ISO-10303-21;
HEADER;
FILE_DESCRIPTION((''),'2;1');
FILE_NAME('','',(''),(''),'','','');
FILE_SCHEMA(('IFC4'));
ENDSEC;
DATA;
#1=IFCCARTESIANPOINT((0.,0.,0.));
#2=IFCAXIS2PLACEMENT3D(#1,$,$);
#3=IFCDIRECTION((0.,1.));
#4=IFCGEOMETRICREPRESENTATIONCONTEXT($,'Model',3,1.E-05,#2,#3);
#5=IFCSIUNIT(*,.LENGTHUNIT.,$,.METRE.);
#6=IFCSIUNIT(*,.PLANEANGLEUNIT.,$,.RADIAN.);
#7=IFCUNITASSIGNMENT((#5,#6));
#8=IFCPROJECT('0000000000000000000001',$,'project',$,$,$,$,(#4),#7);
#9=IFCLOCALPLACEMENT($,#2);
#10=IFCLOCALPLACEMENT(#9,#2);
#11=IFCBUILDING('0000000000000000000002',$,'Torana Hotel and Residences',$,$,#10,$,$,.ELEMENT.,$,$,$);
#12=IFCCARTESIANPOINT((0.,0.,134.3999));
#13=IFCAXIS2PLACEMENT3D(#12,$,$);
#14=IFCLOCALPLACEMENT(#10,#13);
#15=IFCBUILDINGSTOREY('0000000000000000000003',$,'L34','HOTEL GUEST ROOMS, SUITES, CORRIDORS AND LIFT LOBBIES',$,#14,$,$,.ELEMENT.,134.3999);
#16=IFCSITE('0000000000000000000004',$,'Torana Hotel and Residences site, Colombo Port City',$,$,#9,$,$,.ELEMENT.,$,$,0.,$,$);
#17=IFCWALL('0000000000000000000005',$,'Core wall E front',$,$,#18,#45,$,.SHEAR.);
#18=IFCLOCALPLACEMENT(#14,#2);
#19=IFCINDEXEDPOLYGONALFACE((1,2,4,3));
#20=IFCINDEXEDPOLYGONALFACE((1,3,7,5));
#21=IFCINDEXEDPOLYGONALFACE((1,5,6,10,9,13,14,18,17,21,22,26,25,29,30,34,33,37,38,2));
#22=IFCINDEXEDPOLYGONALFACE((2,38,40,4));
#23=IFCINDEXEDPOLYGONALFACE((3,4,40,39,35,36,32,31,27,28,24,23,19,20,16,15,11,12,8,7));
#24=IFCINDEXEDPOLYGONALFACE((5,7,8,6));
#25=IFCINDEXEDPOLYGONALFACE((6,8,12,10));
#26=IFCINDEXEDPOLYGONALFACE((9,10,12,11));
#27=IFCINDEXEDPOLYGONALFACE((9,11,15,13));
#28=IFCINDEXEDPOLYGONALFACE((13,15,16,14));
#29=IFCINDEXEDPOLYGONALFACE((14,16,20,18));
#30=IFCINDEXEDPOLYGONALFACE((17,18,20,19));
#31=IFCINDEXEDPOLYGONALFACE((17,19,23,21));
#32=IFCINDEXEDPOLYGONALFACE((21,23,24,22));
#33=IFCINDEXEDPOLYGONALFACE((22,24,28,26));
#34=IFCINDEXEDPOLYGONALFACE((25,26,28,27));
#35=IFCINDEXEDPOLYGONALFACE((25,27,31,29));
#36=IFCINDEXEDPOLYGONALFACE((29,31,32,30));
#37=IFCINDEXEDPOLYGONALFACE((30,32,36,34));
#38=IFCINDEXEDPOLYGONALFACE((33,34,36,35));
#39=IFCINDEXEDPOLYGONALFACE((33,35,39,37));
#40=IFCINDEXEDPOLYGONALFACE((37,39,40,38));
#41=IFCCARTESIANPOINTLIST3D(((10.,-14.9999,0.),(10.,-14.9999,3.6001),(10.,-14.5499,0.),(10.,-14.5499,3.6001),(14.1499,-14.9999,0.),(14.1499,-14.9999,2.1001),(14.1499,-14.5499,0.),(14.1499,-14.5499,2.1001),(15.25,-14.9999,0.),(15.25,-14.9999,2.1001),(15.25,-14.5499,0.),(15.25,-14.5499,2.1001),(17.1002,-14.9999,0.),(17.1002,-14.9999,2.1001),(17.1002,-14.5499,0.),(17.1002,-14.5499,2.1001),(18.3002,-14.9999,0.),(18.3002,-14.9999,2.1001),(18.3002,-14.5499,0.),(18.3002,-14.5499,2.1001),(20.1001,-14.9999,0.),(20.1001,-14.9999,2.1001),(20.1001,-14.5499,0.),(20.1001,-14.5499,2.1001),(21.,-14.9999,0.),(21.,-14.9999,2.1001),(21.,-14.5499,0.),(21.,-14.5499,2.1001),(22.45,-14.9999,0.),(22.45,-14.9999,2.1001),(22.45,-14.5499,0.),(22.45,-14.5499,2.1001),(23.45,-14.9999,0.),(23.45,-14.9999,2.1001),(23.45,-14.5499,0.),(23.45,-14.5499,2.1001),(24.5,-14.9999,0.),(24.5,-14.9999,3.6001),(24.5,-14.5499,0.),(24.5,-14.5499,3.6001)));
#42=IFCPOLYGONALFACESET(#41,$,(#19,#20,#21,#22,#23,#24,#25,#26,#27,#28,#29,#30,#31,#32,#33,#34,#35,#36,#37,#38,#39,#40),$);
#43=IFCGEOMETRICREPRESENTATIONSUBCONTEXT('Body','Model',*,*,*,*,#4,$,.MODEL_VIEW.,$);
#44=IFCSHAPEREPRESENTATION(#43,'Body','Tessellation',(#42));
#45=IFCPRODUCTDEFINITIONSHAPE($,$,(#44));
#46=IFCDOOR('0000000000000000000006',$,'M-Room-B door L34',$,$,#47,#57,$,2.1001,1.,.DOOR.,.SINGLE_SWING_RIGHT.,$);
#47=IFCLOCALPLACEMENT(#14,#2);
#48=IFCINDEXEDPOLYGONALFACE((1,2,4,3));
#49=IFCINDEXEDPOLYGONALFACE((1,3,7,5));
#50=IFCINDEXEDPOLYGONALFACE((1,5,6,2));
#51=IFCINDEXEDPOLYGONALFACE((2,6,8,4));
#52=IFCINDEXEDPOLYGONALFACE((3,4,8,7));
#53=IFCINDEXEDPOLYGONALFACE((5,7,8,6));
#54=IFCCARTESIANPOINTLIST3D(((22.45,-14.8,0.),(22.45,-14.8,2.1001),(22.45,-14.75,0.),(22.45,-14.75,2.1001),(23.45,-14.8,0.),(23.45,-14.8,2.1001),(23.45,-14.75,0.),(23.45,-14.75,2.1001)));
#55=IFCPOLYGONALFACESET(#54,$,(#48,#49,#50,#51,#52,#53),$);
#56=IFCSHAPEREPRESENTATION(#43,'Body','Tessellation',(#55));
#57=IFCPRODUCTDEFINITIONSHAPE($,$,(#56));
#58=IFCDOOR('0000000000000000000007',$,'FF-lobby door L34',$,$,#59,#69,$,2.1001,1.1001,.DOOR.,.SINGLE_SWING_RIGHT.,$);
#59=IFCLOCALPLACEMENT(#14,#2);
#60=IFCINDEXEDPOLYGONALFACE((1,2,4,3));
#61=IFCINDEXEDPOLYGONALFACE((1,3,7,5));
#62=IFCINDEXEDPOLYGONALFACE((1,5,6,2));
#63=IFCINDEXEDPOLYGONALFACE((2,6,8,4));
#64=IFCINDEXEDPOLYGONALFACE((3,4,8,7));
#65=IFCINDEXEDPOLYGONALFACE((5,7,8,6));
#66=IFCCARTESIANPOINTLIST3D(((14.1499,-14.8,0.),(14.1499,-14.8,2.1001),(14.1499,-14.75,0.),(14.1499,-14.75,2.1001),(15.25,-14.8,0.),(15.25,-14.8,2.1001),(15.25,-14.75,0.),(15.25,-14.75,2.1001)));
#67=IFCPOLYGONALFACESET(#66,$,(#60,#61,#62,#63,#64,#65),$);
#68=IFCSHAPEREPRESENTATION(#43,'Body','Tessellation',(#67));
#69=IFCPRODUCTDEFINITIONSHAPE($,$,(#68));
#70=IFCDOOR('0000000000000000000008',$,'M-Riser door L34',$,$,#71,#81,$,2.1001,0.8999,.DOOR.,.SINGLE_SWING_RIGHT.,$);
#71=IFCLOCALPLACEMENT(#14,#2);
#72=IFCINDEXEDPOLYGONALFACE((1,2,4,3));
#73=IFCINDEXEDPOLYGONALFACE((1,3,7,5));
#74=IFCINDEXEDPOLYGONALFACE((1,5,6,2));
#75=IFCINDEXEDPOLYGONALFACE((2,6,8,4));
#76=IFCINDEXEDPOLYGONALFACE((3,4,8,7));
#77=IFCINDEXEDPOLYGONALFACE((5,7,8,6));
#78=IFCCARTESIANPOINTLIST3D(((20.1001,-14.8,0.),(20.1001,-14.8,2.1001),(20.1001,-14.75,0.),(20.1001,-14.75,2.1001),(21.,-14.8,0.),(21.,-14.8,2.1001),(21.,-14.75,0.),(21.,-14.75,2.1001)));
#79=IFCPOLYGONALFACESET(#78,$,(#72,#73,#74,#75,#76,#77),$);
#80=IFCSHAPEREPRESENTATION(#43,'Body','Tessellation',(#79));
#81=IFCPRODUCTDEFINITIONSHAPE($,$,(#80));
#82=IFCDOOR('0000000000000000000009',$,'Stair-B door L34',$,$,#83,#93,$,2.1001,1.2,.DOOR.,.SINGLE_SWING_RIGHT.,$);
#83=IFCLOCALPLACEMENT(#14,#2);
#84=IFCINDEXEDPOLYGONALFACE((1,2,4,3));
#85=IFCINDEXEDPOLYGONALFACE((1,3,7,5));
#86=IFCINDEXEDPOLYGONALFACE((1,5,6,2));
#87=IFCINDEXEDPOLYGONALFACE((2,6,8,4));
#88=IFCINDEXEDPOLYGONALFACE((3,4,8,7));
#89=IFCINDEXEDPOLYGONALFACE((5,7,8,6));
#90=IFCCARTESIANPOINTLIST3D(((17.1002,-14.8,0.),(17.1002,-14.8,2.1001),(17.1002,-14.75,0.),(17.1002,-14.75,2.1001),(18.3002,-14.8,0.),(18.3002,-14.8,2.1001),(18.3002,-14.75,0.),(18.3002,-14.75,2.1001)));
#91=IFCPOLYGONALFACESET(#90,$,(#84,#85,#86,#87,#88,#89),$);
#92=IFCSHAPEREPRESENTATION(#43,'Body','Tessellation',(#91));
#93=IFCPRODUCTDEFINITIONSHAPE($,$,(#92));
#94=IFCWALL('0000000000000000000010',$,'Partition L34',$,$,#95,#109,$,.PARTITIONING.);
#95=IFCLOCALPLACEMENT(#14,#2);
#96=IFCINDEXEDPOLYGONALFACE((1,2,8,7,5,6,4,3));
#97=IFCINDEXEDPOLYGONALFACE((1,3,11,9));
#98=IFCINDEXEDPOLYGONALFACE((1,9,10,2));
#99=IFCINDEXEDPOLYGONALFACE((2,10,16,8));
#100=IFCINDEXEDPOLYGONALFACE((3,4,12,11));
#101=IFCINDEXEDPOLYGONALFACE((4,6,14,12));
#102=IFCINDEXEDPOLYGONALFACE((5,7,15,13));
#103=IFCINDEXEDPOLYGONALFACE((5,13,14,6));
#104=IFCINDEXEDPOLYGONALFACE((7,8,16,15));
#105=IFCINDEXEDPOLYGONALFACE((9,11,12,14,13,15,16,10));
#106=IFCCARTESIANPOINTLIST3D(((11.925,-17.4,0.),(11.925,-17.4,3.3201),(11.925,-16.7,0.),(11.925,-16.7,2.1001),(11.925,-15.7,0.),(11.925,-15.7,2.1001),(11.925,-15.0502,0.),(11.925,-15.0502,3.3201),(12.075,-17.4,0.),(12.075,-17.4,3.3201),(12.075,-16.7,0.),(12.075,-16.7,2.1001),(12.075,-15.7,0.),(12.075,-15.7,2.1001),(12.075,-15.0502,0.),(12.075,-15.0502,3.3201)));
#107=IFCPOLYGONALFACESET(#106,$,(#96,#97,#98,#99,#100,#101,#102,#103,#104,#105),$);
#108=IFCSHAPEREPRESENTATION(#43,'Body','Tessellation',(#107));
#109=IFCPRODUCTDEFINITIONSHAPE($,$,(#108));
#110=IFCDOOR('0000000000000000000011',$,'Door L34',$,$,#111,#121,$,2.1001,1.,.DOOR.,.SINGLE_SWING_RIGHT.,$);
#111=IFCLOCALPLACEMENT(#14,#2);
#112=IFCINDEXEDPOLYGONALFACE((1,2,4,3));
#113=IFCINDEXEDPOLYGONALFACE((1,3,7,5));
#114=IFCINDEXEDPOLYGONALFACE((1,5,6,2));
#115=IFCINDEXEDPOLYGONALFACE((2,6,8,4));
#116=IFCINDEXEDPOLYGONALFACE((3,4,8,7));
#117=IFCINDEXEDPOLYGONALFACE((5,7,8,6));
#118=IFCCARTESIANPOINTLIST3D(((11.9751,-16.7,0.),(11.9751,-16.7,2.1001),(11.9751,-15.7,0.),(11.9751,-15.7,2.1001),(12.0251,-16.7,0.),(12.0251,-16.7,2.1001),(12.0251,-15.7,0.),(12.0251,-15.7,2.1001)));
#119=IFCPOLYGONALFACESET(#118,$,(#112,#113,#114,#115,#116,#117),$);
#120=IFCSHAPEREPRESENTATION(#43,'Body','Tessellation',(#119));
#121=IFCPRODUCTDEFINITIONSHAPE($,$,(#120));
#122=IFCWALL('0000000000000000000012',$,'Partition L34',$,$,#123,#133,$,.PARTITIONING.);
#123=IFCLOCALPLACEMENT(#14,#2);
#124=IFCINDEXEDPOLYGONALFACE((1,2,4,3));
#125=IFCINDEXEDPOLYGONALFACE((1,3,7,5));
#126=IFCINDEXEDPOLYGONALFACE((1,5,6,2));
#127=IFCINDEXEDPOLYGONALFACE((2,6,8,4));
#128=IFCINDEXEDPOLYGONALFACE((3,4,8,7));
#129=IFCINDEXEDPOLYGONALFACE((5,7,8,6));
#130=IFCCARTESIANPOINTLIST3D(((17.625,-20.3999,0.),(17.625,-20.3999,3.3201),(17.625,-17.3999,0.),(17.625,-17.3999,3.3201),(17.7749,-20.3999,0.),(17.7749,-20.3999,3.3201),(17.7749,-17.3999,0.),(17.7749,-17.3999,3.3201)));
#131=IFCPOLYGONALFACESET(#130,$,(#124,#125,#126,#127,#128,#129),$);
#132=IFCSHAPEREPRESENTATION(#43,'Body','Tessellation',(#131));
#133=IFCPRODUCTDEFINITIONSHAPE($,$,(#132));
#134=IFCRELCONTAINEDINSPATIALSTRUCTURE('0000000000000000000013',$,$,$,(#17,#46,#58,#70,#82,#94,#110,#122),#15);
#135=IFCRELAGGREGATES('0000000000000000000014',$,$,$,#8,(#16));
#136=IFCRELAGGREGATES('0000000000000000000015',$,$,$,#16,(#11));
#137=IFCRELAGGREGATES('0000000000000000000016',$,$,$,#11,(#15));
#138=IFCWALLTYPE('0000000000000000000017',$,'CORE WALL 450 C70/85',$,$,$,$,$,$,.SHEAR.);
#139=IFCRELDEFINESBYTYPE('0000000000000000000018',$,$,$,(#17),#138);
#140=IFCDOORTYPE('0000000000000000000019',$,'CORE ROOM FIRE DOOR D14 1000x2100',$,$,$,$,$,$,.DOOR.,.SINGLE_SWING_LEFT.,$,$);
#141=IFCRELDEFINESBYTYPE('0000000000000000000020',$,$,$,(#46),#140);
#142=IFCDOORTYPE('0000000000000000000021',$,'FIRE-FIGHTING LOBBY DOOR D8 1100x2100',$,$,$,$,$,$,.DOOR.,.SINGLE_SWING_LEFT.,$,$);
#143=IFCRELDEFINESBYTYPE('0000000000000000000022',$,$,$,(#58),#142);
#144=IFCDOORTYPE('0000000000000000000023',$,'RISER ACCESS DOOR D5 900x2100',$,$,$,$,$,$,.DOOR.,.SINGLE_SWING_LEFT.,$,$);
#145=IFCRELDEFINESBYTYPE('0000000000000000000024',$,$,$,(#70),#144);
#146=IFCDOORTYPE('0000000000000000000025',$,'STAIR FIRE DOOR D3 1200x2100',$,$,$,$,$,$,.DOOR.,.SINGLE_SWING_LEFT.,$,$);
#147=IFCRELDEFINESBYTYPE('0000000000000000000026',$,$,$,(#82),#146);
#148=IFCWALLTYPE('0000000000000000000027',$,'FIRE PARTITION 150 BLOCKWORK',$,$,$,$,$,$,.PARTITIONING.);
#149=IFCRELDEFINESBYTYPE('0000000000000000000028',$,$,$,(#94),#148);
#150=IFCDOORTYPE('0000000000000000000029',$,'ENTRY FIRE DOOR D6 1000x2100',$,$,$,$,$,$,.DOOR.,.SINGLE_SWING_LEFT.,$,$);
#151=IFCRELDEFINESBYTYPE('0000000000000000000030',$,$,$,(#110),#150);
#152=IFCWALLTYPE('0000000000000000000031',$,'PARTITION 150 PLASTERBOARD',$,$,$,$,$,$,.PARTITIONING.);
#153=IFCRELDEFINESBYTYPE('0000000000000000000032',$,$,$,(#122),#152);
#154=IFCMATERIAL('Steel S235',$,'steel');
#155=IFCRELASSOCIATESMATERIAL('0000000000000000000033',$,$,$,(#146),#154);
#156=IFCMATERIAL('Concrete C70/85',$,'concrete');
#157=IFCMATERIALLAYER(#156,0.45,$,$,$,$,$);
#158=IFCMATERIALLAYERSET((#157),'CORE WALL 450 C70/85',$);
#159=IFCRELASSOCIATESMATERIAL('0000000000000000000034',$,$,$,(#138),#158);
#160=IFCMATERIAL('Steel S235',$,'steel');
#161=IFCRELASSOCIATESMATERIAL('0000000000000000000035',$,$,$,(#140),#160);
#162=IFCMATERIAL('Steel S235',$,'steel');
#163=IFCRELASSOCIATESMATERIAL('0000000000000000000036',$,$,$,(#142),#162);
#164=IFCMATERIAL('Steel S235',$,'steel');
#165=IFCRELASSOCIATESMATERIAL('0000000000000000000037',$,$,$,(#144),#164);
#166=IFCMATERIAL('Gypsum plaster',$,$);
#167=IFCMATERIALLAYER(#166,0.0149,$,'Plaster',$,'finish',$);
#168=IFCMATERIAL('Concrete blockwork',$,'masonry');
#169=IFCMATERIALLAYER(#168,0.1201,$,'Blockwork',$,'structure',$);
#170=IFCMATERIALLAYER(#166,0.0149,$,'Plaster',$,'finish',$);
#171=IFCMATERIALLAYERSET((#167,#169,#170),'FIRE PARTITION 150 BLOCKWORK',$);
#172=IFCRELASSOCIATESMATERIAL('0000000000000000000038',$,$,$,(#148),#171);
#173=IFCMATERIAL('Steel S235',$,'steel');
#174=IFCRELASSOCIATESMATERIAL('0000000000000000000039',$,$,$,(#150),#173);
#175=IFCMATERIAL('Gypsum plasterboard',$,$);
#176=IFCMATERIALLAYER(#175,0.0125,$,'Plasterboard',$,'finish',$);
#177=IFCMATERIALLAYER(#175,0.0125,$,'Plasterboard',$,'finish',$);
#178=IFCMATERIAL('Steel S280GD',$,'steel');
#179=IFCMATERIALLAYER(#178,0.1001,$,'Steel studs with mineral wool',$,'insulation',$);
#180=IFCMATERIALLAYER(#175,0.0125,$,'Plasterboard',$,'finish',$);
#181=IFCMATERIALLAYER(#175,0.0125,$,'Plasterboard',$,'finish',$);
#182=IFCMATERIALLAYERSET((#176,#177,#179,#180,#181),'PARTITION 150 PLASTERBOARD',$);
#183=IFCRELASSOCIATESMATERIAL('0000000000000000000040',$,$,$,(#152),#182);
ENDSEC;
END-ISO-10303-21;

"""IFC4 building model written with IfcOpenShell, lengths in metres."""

from ifc_helpers import new_model, si_unit, direction, frame, frame_2d, origin, place, context, subcontext, project, spatial, rectangle, extrude, material, layer, layer_set, type_object, element, fill, save


model = new_model("IFC4")

# Units and contexts
model_context = context("Model", 3, precision=1e-05, world=origin(), true_north=direction((0.0, 1.0)))
body_context = subcontext(model_context, "Body", "Model", "MODEL_VIEW")
ifc_project = project(units=[si_unit("LENGTHUNIT", "METRE"), si_unit("PLANEANGLEUNIT", "RADIAN")], contexts=[model_context])

# Site, building, storey
site_placement = place(None, origin())
site = spatial("IfcSite", under=ifc_project, at=site_placement, Name="Torana Hotel and Residences site, Colombo Port City", CompositionType="ELEMENT", RefElevation=0.0)
building_placement = place(site_placement, origin())
building = spatial("IfcBuilding", under=site, at=building_placement, Name="Torana Hotel and Residences", CompositionType="ELEMENT")
storey_placement = place(building_placement, frame((0.0, 0.0, 134.3999)))
storey = spatial("IfcBuildingStorey", under=building, at=storey_placement, Name="L34", Description="HOTEL GUEST ROOMS, SUITES, CORRIDORS AND LIFT LOBBIES", CompositionType="ELEMENT", Elevation=134.3999)

# Shared definitions
ifc_material_1 = material(Name="Steel S235", Category="steel")
door_type_1 = type_object("IfcDoorType", Name="STAIR FIRE DOOR D3 1200x2100", OperationType="SINGLE_SWING_LEFT", PredefinedType="DOOR", material=ifc_material_1)

# Wall, openings, doors
ifc_material_2 = material(Name="Concrete C70/85", Category="concrete")
ifc_layer_1 = layer(ifc_material_2, 0.45)
ifc_layer_set_1 = layer_set([ifc_layer_1], Name="CORE WALL 450 C70/85")
wall_type_1 = type_object("IfcWallType", Name="CORE WALL 450 C70/85", PredefinedType="SHEAR", material=ifc_layer_set_1)
wall_1_placement = place(storey_placement, frame((10.0, -14.7749, 0.0), z_axis=(0.0, 0.0, 1.0), x_axis=(1.0, 0.0, 0.0)))
wall_1 = element("IfcWall", 1, at=wall_1_placement, inside=storey, type_object=wall_type_1, Name="Core wall E front", PredefinedType="SHEAR", context=body_context, shape_type="SweptSolid", body=[
    extrude(rectangle(XDim=14.5, YDim=0.45, at=frame_2d((7.25, 0.0))), origin(), (0.0, 0.0, 1.0), 3.6001),
])
opening_1_placement = place(wall_1_placement, frame((7.1001, 0.0, 0.0)))
opening_1 = element("IfcOpeningElement", 2, at=opening_1_placement, cuts=wall_1, PredefinedType="OPENING", context=body_context, shape_type="SweptSolid", body=[
    extrude(rectangle(XDim=1.2, YDim=2.1001, at=frame_2d((0.6001, 1.05))), frame((0.0, 0.2349, 0.0), z_axis=(0.0, -1.0, 0.0), x_axis=(1.0, 0.0, 0.0)), (0.0, 0.0, 1.0), 0.47),
])
opening_2_placement = place(wall_1_placement, frame((4.1499, 0.0, 0.0)))
opening_2 = element("IfcOpeningElement", 3, at=opening_2_placement, cuts=wall_1, PredefinedType="OPENING", context=body_context, shape_type="SweptSolid", body=[
    extrude(rectangle(XDim=1.1001, YDim=2.1001, at=frame_2d((0.55, 1.05))), frame((0.0, 0.2349, 0.0), z_axis=(0.0, -1.0, 0.0), x_axis=(1.0, 0.0, 0.0)), (0.0, 0.0, 1.0), 0.47),
])
opening_3_placement = place(wall_1_placement, frame((10.1001, 0.0, 0.0)))
opening_3 = element("IfcOpeningElement", 4, at=opening_3_placement, cuts=wall_1, PredefinedType="OPENING", context=body_context, shape_type="SweptSolid", body=[
    extrude(rectangle(XDim=0.8999, YDim=2.1001, at=frame_2d((0.45, 1.05))), frame((0.0, 0.2349, 0.0), z_axis=(0.0, -1.0, 0.0), x_axis=(1.0, 0.0, 0.0)), (0.0, 0.0, 1.0), 0.47),
])
opening_4_placement = place(wall_1_placement, frame((12.45, 0.0, 0.0)))
opening_4 = element("IfcOpeningElement", 5, at=opening_4_placement, cuts=wall_1, PredefinedType="OPENING", context=body_context, shape_type="SweptSolid", body=[
    extrude(rectangle(XDim=1.0, YDim=2.1001, at=frame_2d((0.5, 1.05))), frame((0.0, 0.2349, 0.0), z_axis=(0.0, -1.0, 0.0), x_axis=(1.0, 0.0, 0.0)), (0.0, 0.0, 1.0), 0.47),
])
ifc_material_3 = material(Name="Steel S235", Category="steel")
door_type_2 = type_object("IfcDoorType", Name="CORE ROOM FIRE DOOR D14 1000x2100", OperationType="SINGLE_SWING_LEFT", PredefinedType="DOOR", material=ifc_material_3)
door_1_placement = place(opening_4_placement, origin())
door_1 = element("IfcDoor", 6, at=door_1_placement, inside=storey, type_object=door_type_2, Name="M-Room-B door L34", OperationType="SINGLE_SWING_RIGHT", OverallHeight=2.1001, OverallWidth=1.0, PredefinedType="DOOR", context=body_context, shape_type="SweptSolid", body=[
    extrude(rectangle(XDim=1.0, YDim=2.1001, at=frame_2d((0.5, 1.05))), frame((0.0, 0.0249, 0.0), z_axis=(0.0, -1.0, 0.0), x_axis=(1.0, 0.0, 0.0)), (0.0, 0.0, 1.0), 0.05),
])
fill(opening_4, door_1)
ifc_material_4 = material(Name="Steel S235", Category="steel")
door_type_3 = type_object("IfcDoorType", Name="FIRE-FIGHTING LOBBY DOOR D8 1100x2100", OperationType="SINGLE_SWING_LEFT", PredefinedType="DOOR", material=ifc_material_4)
door_2_placement = place(opening_2_placement, origin())
door_2 = element("IfcDoor", 7, at=door_2_placement, inside=storey, type_object=door_type_3, Name="FF-lobby door L34", OperationType="SINGLE_SWING_RIGHT", OverallHeight=2.1001, OverallWidth=1.1001, PredefinedType="DOOR", context=body_context, shape_type="SweptSolid", body=[
    extrude(rectangle(XDim=1.1001, YDim=2.1001, at=frame_2d((0.55, 1.05))), frame((0.0, 0.0249, 0.0), z_axis=(0.0, -1.0, 0.0), x_axis=(1.0, 0.0, 0.0)), (0.0, 0.0, 1.0), 0.05),
])
fill(opening_2, door_2)
ifc_material_5 = material(Name="Steel S235", Category="steel")
door_type_4 = type_object("IfcDoorType", Name="RISER ACCESS DOOR D5 900x2100", OperationType="SINGLE_SWING_LEFT", PredefinedType="DOOR", material=ifc_material_5)
door_3_placement = place(opening_3_placement, origin())
door_3 = element("IfcDoor", 8, at=door_3_placement, inside=storey, type_object=door_type_4, Name="M-Riser door L34", OperationType="SINGLE_SWING_RIGHT", OverallHeight=2.1001, OverallWidth=0.8999, PredefinedType="DOOR", context=body_context, shape_type="SweptSolid", body=[
    extrude(rectangle(XDim=0.8999, YDim=2.1001, at=frame_2d((0.45, 1.05))), frame((0.0, 0.0249, 0.0), z_axis=(0.0, -1.0, 0.0), x_axis=(1.0, 0.0, 0.0)), (0.0, 0.0, 1.0), 0.05),
])
fill(opening_3, door_3)
door_4_placement = place(opening_1_placement, origin())
door_4 = element("IfcDoor", 9, at=door_4_placement, inside=storey, type_object=door_type_1, Name="Stair-B door L34", OperationType="SINGLE_SWING_RIGHT", OverallHeight=2.1001, OverallWidth=1.2, PredefinedType="DOOR", context=body_context, shape_type="SweptSolid", body=[
    extrude(rectangle(XDim=1.2, YDim=2.1001, at=frame_2d((0.6001, 1.05))), frame((0.0, 0.0249, 0.0), z_axis=(0.0, -1.0, 0.0), x_axis=(1.0, 0.0, 0.0)), (0.0, 0.0, 1.0), 0.05),
])
fill(opening_1, door_4)

# Wall, opening, door
ifc_material_6 = material(Name="Gypsum plaster")
ifc_layer_2 = layer(ifc_material_6, 0.0149, Name="Plaster", Category="finish")
ifc_material_7 = material(Name="Concrete blockwork", Category="masonry")
ifc_layer_3 = layer(ifc_material_7, 0.1201, Name="Blockwork", Category="structure")
ifc_layer_4 = layer(ifc_material_6, 0.0149, Name="Plaster", Category="finish")
ifc_layer_set_2 = layer_set([ifc_layer_2, ifc_layer_3, ifc_layer_4], Name="FIRE PARTITION 150 BLOCKWORK")
wall_type_2 = type_object("IfcWallType", Name="FIRE PARTITION 150 BLOCKWORK", PredefinedType="PARTITIONING", material=ifc_layer_set_2)
wall_2_placement = place(storey_placement, frame((12.0, -17.3999, 0.0), z_axis=(0.0, 0.0, 1.0), x_axis=(0.0, 1.0, 0.0)))
wall_2 = element("IfcWall", 10, at=wall_2_placement, inside=storey, type_object=wall_type_2, Name="Partition L34", PredefinedType="PARTITIONING", context=body_context, shape_type="SweptSolid", body=[
    extrude(rectangle(XDim=2.3499, YDim=0.1499, at=frame_2d((1.1748, 0.0))), origin(), (0.0, 0.0, 1.0), 3.3201),
])
opening_5_placement = place(wall_2_placement, frame((0.7, 0.0, 0.0)))
opening_5 = element("IfcOpeningElement", 11, at=opening_5_placement, cuts=wall_2, PredefinedType="OPENING", context=body_context, shape_type="SweptSolid", body=[
    extrude(rectangle(XDim=1.0, YDim=2.1001, at=frame_2d((0.5, 1.05))), frame((0.0, 0.085, 0.0), z_axis=(0.0, -1.0, 0.0), x_axis=(1.0, 0.0, 0.0)), (0.0, 0.0, 1.0), 0.1699),
])
ifc_material_8 = material(Name="Steel S235", Category="steel")
door_type_5 = type_object("IfcDoorType", Name="ENTRY FIRE DOOR D6 1000x2100", OperationType="SINGLE_SWING_LEFT", PredefinedType="DOOR", material=ifc_material_8)
door_5_placement = place(opening_5_placement, origin())
door_5 = element("IfcDoor", 12, at=door_5_placement, inside=storey, type_object=door_type_5, Name="Door L34", OperationType="SINGLE_SWING_RIGHT", OverallHeight=2.1001, OverallWidth=1.0, PredefinedType="DOOR", context=body_context, shape_type="SweptSolid", body=[
    extrude(rectangle(XDim=1.0, YDim=2.1001, at=frame_2d((0.5, 1.05))), frame((0.0, 0.0249, 0.0), z_axis=(0.0, -1.0, 0.0), x_axis=(1.0, 0.0, 0.0)), (0.0, 0.0, 1.0), 0.05),
])
fill(opening_5, door_5)

# Wall
ifc_material_9 = material(Name="Gypsum plasterboard")
ifc_layer_5 = layer(ifc_material_9, 0.0125, Name="Plasterboard", Category="finish")
ifc_layer_6 = layer(ifc_material_9, 0.0125, Name="Plasterboard", Category="finish")
ifc_material_10 = material(Name="Steel S280GD", Category="steel")
ifc_layer_7 = layer(ifc_material_10, 0.1001, Name="Steel studs with mineral wool", Category="insulation")
ifc_layer_8 = layer(ifc_material_9, 0.0125, Name="Plasterboard", Category="finish")
ifc_layer_9 = layer(ifc_material_9, 0.0125, Name="Plasterboard", Category="finish")
ifc_layer_set_3 = layer_set([ifc_layer_5, ifc_layer_6, ifc_layer_7, ifc_layer_8, ifc_layer_9], Name="PARTITION 150 PLASTERBOARD")
wall_type_3 = type_object("IfcWallType", Name="PARTITION 150 PLASTERBOARD", PredefinedType="PARTITIONING", material=ifc_layer_set_3)
wall_3_placement = place(storey_placement, frame((17.7, -20.3999, 0.0), z_axis=(0.0, 0.0, 1.0), x_axis=(0.0, 1.0, 0.0)))
element("IfcWall", 13, at=wall_3_placement, inside=storey, type_object=wall_type_3, Name="Partition L34", PredefinedType="PARTITIONING", context=body_context, shape_type="SweptSolid", body=[
    extrude(rectangle(XDim=3.0, YDim=0.1499, at=frame_2d((1.5, 0.0))), origin(), (0.0, 0.0, 1.0), 3.3201),
])

save(model, "model.ifc")
